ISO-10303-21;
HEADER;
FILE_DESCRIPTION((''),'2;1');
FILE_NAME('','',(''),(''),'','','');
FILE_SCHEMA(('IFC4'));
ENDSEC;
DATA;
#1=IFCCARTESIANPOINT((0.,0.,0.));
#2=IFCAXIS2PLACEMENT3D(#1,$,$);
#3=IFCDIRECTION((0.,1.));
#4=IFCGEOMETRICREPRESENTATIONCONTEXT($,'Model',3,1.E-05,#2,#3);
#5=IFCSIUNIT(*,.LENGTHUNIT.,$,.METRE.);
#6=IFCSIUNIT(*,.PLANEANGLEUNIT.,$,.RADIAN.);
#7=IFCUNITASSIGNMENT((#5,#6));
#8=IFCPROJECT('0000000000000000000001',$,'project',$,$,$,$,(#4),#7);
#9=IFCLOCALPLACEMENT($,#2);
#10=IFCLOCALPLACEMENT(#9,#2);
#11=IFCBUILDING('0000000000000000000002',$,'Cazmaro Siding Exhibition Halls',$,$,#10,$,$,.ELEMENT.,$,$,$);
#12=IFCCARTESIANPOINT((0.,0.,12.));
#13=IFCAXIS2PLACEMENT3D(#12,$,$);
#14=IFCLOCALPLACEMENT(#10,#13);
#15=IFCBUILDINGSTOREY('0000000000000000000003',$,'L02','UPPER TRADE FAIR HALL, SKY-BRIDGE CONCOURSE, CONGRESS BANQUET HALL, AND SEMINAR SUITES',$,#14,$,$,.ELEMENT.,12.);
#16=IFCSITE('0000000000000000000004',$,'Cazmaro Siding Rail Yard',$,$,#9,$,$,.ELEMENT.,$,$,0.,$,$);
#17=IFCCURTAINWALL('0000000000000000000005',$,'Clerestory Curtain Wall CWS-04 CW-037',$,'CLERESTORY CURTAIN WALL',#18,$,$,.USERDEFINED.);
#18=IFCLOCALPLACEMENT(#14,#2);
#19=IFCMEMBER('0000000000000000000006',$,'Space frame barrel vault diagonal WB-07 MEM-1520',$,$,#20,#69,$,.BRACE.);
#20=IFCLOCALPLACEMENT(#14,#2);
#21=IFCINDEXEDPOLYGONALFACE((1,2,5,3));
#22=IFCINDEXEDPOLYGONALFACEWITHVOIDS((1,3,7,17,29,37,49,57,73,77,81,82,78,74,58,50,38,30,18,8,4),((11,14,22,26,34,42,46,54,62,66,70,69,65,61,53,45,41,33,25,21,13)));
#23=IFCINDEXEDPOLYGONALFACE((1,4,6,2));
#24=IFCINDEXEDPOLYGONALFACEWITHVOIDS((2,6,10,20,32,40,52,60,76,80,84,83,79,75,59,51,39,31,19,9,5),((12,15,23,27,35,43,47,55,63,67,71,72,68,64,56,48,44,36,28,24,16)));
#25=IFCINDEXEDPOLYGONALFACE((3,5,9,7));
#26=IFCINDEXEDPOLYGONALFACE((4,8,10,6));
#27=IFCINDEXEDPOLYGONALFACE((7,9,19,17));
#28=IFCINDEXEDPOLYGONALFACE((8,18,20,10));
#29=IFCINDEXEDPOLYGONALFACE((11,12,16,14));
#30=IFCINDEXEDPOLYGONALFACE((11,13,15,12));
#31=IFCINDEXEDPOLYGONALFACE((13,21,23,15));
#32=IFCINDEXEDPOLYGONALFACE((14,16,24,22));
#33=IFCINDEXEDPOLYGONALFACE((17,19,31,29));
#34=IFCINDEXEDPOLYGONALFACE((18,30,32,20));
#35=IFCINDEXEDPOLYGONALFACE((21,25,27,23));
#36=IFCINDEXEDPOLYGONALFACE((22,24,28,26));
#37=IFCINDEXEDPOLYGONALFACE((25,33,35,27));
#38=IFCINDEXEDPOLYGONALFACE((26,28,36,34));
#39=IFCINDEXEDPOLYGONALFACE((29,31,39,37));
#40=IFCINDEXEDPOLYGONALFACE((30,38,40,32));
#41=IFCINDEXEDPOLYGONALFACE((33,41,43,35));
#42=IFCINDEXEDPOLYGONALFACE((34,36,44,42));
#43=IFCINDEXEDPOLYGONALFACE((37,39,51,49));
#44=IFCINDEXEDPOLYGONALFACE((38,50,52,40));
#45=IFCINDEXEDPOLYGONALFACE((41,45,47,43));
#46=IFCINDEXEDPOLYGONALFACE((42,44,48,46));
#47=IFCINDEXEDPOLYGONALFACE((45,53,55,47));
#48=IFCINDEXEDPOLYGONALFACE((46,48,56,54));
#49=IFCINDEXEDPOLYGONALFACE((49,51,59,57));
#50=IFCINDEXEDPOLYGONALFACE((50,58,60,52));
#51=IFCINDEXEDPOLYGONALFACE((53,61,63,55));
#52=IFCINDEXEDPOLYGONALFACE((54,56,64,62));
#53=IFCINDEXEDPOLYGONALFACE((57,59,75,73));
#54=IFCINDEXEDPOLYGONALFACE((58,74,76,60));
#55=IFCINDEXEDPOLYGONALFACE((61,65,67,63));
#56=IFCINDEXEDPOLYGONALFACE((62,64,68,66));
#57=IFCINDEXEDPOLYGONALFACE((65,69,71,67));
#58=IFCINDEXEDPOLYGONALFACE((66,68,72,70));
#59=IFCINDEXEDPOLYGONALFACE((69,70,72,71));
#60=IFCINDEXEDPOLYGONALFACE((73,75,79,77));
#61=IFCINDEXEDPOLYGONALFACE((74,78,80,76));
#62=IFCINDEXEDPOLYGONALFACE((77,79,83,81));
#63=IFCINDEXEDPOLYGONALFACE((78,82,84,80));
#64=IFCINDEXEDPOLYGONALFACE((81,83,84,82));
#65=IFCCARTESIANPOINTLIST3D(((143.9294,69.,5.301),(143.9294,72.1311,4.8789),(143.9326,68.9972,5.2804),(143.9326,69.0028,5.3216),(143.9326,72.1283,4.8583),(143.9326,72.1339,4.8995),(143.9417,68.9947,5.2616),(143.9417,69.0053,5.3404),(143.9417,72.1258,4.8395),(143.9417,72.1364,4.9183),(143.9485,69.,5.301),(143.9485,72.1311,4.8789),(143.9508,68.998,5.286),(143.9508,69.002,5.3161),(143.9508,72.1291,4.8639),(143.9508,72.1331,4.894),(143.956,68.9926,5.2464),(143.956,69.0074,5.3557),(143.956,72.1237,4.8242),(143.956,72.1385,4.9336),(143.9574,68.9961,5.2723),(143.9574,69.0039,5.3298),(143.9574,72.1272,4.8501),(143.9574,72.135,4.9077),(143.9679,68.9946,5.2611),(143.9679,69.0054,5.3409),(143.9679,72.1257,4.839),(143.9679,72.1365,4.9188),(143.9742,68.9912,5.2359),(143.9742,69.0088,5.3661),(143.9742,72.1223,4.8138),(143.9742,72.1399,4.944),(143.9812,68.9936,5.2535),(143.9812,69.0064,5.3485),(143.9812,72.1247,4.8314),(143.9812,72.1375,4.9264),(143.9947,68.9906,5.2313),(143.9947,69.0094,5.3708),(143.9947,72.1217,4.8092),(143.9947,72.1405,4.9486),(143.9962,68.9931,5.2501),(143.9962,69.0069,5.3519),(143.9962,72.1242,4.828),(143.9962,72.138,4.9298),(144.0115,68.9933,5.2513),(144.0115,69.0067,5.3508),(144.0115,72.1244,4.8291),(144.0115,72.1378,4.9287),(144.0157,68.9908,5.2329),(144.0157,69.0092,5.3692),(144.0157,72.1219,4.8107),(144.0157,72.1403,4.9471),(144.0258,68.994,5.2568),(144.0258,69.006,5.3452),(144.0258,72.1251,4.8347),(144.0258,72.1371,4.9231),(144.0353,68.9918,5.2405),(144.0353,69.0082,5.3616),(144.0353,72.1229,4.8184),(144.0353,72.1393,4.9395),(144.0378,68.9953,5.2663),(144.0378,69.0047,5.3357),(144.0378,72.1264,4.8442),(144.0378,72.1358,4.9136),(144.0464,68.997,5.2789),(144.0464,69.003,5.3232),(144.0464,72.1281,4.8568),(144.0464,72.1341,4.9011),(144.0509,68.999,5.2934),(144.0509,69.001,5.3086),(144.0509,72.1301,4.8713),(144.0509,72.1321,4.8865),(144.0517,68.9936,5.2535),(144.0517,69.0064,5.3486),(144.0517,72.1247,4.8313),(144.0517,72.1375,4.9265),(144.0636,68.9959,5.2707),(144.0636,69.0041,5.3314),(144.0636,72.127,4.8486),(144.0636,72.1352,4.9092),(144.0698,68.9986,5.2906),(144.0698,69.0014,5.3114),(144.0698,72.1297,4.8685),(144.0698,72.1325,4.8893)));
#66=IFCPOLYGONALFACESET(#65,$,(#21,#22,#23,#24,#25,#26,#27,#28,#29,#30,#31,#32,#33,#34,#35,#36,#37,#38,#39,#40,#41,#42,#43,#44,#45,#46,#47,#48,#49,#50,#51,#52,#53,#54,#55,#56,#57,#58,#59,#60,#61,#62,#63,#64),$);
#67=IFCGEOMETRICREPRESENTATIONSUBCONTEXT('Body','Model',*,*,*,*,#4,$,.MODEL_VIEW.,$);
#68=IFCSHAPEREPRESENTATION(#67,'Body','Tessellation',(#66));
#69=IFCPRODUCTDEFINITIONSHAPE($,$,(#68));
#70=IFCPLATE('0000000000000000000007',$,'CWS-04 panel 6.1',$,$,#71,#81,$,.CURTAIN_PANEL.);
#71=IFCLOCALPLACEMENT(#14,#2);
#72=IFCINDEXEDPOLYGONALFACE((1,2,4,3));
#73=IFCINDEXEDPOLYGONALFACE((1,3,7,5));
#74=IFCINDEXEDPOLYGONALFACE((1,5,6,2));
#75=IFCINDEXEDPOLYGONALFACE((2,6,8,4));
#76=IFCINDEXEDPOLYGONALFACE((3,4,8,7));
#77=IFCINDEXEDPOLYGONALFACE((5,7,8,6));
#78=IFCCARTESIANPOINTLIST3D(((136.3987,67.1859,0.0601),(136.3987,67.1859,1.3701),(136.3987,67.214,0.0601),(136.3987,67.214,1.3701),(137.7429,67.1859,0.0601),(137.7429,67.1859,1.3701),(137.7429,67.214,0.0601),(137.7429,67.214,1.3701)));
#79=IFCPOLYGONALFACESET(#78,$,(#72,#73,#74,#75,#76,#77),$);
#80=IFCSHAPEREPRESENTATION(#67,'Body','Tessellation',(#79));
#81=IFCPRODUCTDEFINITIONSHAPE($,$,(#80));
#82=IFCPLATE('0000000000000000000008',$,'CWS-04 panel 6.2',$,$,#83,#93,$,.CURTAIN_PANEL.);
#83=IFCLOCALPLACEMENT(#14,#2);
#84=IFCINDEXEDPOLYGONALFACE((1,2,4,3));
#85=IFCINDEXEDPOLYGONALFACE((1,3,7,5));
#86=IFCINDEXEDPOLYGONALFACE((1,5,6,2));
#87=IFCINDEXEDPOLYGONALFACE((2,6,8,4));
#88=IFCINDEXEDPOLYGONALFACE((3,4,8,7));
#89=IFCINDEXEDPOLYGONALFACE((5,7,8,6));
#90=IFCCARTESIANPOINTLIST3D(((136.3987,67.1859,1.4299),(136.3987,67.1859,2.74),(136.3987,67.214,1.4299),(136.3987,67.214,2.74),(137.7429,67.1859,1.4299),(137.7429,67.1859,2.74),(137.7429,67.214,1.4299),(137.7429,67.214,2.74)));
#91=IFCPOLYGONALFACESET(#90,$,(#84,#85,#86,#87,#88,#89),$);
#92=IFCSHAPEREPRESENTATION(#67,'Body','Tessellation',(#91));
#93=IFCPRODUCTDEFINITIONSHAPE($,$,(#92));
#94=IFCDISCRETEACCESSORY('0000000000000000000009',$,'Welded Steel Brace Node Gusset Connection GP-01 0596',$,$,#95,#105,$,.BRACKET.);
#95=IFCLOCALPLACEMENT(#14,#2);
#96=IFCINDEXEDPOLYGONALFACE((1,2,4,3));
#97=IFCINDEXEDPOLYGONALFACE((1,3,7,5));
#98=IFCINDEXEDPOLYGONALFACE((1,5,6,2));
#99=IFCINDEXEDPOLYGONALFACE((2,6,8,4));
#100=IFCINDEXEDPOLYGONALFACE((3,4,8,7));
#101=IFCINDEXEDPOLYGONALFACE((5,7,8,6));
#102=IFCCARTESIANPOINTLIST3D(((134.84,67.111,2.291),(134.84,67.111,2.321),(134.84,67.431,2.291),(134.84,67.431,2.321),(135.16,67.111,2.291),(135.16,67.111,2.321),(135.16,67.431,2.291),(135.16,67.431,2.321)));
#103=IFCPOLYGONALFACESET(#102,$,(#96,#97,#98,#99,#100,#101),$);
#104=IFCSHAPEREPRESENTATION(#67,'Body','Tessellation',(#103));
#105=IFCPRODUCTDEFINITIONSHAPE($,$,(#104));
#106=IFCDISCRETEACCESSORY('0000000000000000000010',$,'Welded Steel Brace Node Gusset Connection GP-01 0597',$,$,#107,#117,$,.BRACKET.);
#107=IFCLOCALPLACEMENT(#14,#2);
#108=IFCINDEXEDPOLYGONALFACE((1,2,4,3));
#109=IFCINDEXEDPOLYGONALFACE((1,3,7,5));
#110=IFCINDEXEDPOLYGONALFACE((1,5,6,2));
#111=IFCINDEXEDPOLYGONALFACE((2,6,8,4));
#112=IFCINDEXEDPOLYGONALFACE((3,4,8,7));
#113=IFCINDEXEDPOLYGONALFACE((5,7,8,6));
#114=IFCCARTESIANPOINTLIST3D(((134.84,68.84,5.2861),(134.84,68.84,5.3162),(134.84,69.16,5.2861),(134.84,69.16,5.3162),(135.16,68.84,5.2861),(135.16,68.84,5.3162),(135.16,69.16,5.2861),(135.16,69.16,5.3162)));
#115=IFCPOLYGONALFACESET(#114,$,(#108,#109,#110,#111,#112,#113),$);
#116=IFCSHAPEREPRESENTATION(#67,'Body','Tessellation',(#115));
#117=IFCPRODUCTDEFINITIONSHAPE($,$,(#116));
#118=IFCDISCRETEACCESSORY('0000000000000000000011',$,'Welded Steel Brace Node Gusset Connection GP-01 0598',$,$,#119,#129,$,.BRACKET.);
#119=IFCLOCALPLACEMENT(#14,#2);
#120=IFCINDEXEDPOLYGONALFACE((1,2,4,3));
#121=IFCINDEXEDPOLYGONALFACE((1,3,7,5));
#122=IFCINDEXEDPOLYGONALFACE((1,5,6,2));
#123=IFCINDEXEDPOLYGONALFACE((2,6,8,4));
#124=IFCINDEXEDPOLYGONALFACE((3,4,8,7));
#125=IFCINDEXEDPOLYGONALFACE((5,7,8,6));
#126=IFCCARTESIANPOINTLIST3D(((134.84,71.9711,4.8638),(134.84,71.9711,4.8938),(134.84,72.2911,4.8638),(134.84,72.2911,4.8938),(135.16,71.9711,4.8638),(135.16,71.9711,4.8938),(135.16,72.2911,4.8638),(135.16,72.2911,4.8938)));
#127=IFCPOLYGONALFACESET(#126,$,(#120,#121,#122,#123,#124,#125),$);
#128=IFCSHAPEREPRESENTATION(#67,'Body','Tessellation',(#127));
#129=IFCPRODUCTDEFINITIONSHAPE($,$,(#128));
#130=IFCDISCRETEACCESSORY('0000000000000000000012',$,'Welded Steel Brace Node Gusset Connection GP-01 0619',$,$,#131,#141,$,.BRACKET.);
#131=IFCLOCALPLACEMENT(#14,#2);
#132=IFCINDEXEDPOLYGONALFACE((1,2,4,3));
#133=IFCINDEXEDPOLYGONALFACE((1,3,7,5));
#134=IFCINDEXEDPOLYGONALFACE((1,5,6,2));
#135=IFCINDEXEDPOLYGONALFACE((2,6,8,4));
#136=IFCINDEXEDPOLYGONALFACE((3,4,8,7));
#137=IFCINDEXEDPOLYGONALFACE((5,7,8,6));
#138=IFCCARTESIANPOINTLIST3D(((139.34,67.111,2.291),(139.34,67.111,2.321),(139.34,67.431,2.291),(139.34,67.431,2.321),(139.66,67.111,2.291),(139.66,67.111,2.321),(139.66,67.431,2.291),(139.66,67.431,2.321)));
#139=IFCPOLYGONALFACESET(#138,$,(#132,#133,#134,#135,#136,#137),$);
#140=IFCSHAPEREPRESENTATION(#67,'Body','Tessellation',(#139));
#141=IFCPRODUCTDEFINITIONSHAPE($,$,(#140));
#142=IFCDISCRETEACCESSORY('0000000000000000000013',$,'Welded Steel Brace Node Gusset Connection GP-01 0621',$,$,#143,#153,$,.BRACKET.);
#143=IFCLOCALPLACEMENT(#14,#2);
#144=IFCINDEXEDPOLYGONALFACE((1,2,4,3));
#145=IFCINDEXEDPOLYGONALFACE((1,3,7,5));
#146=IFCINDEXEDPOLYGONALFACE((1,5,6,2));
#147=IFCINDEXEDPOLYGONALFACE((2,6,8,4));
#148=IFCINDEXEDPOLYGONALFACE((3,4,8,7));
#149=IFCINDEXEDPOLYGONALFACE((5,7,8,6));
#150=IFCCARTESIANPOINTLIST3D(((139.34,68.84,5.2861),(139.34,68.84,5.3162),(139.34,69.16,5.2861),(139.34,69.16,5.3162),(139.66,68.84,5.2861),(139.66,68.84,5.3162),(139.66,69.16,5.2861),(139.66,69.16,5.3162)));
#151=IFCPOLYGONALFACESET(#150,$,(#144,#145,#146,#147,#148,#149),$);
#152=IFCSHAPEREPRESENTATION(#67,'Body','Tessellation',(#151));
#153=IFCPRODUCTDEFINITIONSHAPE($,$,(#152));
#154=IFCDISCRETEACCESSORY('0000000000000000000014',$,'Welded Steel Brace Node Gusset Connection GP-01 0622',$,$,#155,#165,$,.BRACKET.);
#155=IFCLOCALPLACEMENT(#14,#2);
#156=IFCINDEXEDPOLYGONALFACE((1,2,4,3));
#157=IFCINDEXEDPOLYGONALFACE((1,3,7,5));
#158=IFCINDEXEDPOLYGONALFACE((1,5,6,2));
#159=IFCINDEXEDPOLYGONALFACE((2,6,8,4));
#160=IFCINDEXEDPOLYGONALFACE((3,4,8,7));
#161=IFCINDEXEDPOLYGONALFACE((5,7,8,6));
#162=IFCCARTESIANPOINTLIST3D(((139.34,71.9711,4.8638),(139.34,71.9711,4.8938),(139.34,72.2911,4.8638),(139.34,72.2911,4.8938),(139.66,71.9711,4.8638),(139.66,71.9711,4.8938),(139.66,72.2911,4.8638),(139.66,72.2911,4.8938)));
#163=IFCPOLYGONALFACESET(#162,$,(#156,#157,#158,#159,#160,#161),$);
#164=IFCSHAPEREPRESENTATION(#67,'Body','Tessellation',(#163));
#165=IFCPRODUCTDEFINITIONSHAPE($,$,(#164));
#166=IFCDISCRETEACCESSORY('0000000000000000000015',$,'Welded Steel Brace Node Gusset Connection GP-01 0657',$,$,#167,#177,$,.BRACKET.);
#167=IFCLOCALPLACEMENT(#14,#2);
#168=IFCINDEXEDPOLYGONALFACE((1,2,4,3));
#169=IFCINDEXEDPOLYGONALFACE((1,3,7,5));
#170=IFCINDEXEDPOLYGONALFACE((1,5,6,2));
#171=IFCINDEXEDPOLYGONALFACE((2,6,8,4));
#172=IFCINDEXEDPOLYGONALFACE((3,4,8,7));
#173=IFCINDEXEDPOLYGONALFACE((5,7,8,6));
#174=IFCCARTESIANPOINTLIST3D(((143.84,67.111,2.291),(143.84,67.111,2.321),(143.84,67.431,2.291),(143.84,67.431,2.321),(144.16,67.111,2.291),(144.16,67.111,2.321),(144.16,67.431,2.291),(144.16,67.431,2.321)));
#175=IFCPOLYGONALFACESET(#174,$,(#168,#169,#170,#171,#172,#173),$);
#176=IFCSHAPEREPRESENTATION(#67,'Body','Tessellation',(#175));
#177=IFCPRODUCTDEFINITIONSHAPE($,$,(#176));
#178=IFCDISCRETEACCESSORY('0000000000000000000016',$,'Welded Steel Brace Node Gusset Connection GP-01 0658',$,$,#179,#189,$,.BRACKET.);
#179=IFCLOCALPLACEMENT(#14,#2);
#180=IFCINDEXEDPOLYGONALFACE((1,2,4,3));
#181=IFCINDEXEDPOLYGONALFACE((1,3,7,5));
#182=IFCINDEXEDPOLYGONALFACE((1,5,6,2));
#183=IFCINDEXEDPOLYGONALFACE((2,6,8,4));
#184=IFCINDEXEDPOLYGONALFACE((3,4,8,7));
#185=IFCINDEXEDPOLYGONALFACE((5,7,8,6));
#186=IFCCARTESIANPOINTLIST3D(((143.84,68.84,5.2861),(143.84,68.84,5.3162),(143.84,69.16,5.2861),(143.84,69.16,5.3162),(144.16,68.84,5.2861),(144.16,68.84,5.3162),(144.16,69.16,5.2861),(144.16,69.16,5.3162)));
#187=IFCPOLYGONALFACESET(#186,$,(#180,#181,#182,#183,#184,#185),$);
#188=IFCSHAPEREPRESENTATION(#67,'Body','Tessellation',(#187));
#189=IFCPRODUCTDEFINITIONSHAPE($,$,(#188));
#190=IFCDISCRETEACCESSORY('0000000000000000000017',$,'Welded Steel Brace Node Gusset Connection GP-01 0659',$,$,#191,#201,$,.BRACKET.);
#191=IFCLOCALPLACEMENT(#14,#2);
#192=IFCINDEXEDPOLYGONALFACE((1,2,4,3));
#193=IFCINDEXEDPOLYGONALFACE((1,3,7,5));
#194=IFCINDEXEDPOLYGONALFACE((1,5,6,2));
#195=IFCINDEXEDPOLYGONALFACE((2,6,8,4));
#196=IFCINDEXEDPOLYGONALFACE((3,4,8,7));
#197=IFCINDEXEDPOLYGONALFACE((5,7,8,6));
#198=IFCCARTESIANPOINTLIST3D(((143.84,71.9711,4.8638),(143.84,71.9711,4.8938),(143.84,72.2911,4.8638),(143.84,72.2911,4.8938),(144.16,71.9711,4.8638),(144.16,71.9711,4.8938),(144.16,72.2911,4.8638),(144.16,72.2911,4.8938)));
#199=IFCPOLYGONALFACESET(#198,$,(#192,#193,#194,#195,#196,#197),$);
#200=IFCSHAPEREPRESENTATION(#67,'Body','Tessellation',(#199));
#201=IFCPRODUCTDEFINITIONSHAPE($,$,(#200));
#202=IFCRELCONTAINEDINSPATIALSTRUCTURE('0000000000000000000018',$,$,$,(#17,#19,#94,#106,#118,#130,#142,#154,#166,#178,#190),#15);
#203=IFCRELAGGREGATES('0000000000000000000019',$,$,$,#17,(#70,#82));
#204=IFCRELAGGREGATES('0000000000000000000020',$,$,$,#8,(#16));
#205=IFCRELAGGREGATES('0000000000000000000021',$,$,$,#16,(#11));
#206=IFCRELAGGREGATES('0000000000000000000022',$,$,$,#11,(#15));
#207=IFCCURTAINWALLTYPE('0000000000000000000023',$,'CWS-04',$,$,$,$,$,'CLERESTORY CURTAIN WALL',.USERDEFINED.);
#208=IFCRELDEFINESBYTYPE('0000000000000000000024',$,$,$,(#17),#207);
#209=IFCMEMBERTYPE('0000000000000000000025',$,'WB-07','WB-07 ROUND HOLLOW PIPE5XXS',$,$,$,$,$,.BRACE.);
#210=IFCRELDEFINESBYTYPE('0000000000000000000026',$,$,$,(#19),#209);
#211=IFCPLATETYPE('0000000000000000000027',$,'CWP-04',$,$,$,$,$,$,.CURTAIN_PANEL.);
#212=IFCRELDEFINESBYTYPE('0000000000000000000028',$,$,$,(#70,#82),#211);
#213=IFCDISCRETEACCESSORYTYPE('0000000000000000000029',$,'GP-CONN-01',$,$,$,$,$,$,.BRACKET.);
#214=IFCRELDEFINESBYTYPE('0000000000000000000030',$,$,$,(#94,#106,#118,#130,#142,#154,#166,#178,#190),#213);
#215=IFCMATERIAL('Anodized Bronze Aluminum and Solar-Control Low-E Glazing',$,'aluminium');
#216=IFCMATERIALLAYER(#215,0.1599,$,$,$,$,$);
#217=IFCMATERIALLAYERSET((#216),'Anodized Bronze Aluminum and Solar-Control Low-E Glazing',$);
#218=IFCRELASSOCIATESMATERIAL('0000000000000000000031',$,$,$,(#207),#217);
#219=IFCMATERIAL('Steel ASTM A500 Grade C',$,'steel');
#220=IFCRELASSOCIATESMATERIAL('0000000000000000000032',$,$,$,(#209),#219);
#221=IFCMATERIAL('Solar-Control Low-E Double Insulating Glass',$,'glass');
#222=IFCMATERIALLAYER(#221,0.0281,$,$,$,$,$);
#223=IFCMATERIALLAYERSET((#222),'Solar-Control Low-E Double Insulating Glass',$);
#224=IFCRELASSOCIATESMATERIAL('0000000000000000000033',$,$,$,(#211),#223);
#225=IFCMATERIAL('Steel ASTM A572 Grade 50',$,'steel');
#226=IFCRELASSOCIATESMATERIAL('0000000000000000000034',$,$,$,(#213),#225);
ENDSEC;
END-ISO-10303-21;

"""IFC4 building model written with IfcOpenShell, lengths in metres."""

from ifc_helpers import new_model, si_unit, direction, frame, origin, origin_2d, place, context, subcontext, project, spatial, rectangle, hollow_circle, extrude, material, layer, layer_set, material_profile, profile_set, type_object, element, aggregate, save


model = new_model("IFC4")

# Units and contexts
model_context = context("Model", 3, precision=1e-05, world=origin(), true_north=direction((0.0, 1.0)))
body_context = subcontext(model_context, "Body", "Model", "MODEL_VIEW")
ifc_project = project(units=[si_unit("LENGTHUNIT", "METRE"), si_unit("PLANEANGLEUNIT", "RADIAN")], contexts=[model_context])

# Site, building, storey
site_placement = place(None, origin())
site = spatial("IfcSite", under=ifc_project, at=site_placement, Name="Cazmaro Siding Rail Yard", CompositionType="ELEMENT", RefElevation=0.0)
building_placement = place(site_placement, origin())
building = spatial("IfcBuilding", under=site, at=building_placement, Name="Cazmaro Siding Exhibition Halls", CompositionType="ELEMENT")
storey_placement = place(building_placement, frame((0.0, 0.0, 12.0)))
storey = spatial("IfcBuildingStorey", under=building, at=storey_placement, Name="L02", Description="UPPER TRADE FAIR HALL, SKY-BRIDGE CONCOURSE, CONGRESS BANQUET HALL, AND SEMINAR SUITES", CompositionType="ELEMENT", Elevation=12.0)

# Curtain wall
ifc_material_1 = material(Name="Anodized Bronze Aluminum and Solar-Control Low-E Glazing", Category="aluminium")
ifc_layer_1 = layer(ifc_material_1, 0.1599)
ifc_layer_set_1 = layer_set([ifc_layer_1], Name="Anodized Bronze Aluminum and Solar-Control Low-E Glazing")
curtain_wall_type = type_object("IfcCurtainWallType", Name="CWS-04", ElementType="CLERESTORY CURTAIN WALL", PredefinedType="USERDEFINED", material=ifc_layer_set_1)
curtain_wall_placement = place(storey_placement, origin())
curtain_wall = element("IfcCurtainWall", 1, at=curtain_wall_placement, inside=storey, type_object=curtain_wall_type, Name="Clerestory Curtain Wall CWS-04 CW-037", ObjectType="CLERESTORY CURTAIN WALL", PredefinedType="USERDEFINED")

# Member
ifc_material_2 = material(Name="Steel ASTM A500 Grade C", Category="steel")
ifc_material_profile_1 = material_profile(ifc_material_2, hollow_circle(Radius=0.0706, WallThickness=0.019, at=origin_2d()), Name="PIPE5XXS")
ifc_profile_set_1 = profile_set([ifc_material_profile_1], Name="Steel ASTM A500 Grade C")
member_type_1 = type_object("IfcMemberType", Name="WB-07", Description="WB-07 ROUND HOLLOW PIPE5XXS", PredefinedType="BRACE", material=ifc_profile_set_1)
for number, where, z_axis, x_axis, name in (
    (2, (144.0, 69.0, 5.301), (0.0, 0.991035, -0.133606), (-1.0, 0.0, 0.0), "Space frame barrel vault diagonal WB-07 MEM-1520"),
):
    element("IfcMember", number, at=place(storey_placement, frame(where, z_axis=z_axis, x_axis=x_axis)), inside=storey, type_object=member_type_1, Name=name, PredefinedType="BRACE", context=body_context, shape_type="SweptSolid", body=[
        extrude(hollow_circle(Radius=0.0706, WallThickness=0.019, at=origin_2d()), origin(), (0.0, 0.0, 1.0), 3.1594),
    ])

# Plates
ifc_material_3 = material(Name="Solar-Control Low-E Double Insulating Glass", Category="glass")
ifc_layer_2 = layer(ifc_material_3, 0.0281)
ifc_layer_set_2 = layer_set([ifc_layer_2], Name="Solar-Control Low-E Double Insulating Glass")
plate_type = type_object("IfcPlateType", Name="CWP-04", PredefinedType="CURTAIN_PANEL", material=ifc_layer_set_2)
plate_1_placement = place(storey_placement, frame((137.0708, 67.2, 0.0601), z_axis=(0.0, 0.0, 1.0), x_axis=(1.0, 0.0, 0.0)))
plate_1 = element("IfcPlate", 3, at=plate_1_placement, type_object=plate_type, Name="CWS-04 panel 6.1", PredefinedType="CURTAIN_PANEL", context=body_context, shape_type="SweptSolid", body=[
    extrude(rectangle(XDim=1.3442, YDim=0.0281, at=origin_2d()), origin(), (0.0, 0.0, 1.0), 1.3101),
])
plate_2_placement = place(storey_placement, frame((137.0708, 67.2, 1.4299), z_axis=(0.0, 0.0, 1.0), x_axis=(1.0, 0.0, 0.0)))
plate_2 = element("IfcPlate", 4, at=plate_2_placement, type_object=plate_type, Name="CWS-04 panel 6.2", PredefinedType="CURTAIN_PANEL", context=body_context, shape_type="SweptSolid", body=[
    extrude(rectangle(XDim=1.3442, YDim=0.0281, at=origin_2d()), origin(), (0.0, 0.0, 1.0), 1.3101),
])
aggregate(curtain_wall, [plate_1, plate_2])

# Discrete accessories
ifc_material_4 = material(Name="Steel ASTM A572 Grade 50", Category="steel")
discrete_accessory_type = type_object("IfcDiscreteAccessoryType", Name="GP-CONN-01", PredefinedType="BRACKET", material=ifc_material_4)
for number, where, z_axis, x_axis, name in (
    (5, (135.0, 67.271, 2.291), (0.0, 0.0, 1.0), (1.0, 0.0, 0.0), "Welded Steel Brace Node Gusset Connection GP-01 0596"),
    (6, (135.0, 69.0, 5.2861), (0.0, 0.0, 1.0), (1.0, 0.0, 0.0), "Welded Steel Brace Node Gusset Connection GP-01 0597"),
    (7, (135.0, 72.1311, 4.8638), (0.0, 0.0, 1.0), (1.0, 0.0, 0.0), "Welded Steel Brace Node Gusset Connection GP-01 0598"),
    (8, (139.5, 67.271, 2.291), (0.0, 0.0, 1.0), (1.0, 0.0, 0.0), "Welded Steel Brace Node Gusset Connection GP-01 0619"),
    (9, (139.5, 69.0, 5.2861), (0.0, 0.0, 1.0), (1.0, 0.0, 0.0), "Welded Steel Brace Node Gusset Connection GP-01 0621"),
    (10, (139.5, 72.1311, 4.8638), (0.0, 0.0, 1.0), (1.0, 0.0, 0.0), "Welded Steel Brace Node Gusset Connection GP-01 0622"),
    (11, (144.0, 67.271, 2.291), (0.0, 0.0, 1.0), (1.0, 0.0, 0.0), "Welded Steel Brace Node Gusset Connection GP-01 0657"),
    (12, (144.0, 69.0, 5.2861), (0.0, 0.0, 1.0), (1.0, 0.0, 0.0), "Welded Steel Brace Node Gusset Connection GP-01 0658"),
    (13, (144.0, 72.1311, 4.8638), (0.0, 0.0, 1.0), (1.0, 0.0, 0.0), "Welded Steel Brace Node Gusset Connection GP-01 0659"),
):
    element("IfcDiscreteAccessory", number, at=place(storey_placement, frame(where, z_axis=z_axis, x_axis=x_axis)), inside=storey, type_object=discrete_accessory_type, Name=name, PredefinedType="BRACKET", context=body_context, shape_type="SweptSolid", body=[
        extrude(rectangle(XDim=0.3201, YDim=0.3201, at=origin_2d()), origin(), (0.0, 0.0, 1.0), 0.03),
    ])

save(model, "model.ifc")
